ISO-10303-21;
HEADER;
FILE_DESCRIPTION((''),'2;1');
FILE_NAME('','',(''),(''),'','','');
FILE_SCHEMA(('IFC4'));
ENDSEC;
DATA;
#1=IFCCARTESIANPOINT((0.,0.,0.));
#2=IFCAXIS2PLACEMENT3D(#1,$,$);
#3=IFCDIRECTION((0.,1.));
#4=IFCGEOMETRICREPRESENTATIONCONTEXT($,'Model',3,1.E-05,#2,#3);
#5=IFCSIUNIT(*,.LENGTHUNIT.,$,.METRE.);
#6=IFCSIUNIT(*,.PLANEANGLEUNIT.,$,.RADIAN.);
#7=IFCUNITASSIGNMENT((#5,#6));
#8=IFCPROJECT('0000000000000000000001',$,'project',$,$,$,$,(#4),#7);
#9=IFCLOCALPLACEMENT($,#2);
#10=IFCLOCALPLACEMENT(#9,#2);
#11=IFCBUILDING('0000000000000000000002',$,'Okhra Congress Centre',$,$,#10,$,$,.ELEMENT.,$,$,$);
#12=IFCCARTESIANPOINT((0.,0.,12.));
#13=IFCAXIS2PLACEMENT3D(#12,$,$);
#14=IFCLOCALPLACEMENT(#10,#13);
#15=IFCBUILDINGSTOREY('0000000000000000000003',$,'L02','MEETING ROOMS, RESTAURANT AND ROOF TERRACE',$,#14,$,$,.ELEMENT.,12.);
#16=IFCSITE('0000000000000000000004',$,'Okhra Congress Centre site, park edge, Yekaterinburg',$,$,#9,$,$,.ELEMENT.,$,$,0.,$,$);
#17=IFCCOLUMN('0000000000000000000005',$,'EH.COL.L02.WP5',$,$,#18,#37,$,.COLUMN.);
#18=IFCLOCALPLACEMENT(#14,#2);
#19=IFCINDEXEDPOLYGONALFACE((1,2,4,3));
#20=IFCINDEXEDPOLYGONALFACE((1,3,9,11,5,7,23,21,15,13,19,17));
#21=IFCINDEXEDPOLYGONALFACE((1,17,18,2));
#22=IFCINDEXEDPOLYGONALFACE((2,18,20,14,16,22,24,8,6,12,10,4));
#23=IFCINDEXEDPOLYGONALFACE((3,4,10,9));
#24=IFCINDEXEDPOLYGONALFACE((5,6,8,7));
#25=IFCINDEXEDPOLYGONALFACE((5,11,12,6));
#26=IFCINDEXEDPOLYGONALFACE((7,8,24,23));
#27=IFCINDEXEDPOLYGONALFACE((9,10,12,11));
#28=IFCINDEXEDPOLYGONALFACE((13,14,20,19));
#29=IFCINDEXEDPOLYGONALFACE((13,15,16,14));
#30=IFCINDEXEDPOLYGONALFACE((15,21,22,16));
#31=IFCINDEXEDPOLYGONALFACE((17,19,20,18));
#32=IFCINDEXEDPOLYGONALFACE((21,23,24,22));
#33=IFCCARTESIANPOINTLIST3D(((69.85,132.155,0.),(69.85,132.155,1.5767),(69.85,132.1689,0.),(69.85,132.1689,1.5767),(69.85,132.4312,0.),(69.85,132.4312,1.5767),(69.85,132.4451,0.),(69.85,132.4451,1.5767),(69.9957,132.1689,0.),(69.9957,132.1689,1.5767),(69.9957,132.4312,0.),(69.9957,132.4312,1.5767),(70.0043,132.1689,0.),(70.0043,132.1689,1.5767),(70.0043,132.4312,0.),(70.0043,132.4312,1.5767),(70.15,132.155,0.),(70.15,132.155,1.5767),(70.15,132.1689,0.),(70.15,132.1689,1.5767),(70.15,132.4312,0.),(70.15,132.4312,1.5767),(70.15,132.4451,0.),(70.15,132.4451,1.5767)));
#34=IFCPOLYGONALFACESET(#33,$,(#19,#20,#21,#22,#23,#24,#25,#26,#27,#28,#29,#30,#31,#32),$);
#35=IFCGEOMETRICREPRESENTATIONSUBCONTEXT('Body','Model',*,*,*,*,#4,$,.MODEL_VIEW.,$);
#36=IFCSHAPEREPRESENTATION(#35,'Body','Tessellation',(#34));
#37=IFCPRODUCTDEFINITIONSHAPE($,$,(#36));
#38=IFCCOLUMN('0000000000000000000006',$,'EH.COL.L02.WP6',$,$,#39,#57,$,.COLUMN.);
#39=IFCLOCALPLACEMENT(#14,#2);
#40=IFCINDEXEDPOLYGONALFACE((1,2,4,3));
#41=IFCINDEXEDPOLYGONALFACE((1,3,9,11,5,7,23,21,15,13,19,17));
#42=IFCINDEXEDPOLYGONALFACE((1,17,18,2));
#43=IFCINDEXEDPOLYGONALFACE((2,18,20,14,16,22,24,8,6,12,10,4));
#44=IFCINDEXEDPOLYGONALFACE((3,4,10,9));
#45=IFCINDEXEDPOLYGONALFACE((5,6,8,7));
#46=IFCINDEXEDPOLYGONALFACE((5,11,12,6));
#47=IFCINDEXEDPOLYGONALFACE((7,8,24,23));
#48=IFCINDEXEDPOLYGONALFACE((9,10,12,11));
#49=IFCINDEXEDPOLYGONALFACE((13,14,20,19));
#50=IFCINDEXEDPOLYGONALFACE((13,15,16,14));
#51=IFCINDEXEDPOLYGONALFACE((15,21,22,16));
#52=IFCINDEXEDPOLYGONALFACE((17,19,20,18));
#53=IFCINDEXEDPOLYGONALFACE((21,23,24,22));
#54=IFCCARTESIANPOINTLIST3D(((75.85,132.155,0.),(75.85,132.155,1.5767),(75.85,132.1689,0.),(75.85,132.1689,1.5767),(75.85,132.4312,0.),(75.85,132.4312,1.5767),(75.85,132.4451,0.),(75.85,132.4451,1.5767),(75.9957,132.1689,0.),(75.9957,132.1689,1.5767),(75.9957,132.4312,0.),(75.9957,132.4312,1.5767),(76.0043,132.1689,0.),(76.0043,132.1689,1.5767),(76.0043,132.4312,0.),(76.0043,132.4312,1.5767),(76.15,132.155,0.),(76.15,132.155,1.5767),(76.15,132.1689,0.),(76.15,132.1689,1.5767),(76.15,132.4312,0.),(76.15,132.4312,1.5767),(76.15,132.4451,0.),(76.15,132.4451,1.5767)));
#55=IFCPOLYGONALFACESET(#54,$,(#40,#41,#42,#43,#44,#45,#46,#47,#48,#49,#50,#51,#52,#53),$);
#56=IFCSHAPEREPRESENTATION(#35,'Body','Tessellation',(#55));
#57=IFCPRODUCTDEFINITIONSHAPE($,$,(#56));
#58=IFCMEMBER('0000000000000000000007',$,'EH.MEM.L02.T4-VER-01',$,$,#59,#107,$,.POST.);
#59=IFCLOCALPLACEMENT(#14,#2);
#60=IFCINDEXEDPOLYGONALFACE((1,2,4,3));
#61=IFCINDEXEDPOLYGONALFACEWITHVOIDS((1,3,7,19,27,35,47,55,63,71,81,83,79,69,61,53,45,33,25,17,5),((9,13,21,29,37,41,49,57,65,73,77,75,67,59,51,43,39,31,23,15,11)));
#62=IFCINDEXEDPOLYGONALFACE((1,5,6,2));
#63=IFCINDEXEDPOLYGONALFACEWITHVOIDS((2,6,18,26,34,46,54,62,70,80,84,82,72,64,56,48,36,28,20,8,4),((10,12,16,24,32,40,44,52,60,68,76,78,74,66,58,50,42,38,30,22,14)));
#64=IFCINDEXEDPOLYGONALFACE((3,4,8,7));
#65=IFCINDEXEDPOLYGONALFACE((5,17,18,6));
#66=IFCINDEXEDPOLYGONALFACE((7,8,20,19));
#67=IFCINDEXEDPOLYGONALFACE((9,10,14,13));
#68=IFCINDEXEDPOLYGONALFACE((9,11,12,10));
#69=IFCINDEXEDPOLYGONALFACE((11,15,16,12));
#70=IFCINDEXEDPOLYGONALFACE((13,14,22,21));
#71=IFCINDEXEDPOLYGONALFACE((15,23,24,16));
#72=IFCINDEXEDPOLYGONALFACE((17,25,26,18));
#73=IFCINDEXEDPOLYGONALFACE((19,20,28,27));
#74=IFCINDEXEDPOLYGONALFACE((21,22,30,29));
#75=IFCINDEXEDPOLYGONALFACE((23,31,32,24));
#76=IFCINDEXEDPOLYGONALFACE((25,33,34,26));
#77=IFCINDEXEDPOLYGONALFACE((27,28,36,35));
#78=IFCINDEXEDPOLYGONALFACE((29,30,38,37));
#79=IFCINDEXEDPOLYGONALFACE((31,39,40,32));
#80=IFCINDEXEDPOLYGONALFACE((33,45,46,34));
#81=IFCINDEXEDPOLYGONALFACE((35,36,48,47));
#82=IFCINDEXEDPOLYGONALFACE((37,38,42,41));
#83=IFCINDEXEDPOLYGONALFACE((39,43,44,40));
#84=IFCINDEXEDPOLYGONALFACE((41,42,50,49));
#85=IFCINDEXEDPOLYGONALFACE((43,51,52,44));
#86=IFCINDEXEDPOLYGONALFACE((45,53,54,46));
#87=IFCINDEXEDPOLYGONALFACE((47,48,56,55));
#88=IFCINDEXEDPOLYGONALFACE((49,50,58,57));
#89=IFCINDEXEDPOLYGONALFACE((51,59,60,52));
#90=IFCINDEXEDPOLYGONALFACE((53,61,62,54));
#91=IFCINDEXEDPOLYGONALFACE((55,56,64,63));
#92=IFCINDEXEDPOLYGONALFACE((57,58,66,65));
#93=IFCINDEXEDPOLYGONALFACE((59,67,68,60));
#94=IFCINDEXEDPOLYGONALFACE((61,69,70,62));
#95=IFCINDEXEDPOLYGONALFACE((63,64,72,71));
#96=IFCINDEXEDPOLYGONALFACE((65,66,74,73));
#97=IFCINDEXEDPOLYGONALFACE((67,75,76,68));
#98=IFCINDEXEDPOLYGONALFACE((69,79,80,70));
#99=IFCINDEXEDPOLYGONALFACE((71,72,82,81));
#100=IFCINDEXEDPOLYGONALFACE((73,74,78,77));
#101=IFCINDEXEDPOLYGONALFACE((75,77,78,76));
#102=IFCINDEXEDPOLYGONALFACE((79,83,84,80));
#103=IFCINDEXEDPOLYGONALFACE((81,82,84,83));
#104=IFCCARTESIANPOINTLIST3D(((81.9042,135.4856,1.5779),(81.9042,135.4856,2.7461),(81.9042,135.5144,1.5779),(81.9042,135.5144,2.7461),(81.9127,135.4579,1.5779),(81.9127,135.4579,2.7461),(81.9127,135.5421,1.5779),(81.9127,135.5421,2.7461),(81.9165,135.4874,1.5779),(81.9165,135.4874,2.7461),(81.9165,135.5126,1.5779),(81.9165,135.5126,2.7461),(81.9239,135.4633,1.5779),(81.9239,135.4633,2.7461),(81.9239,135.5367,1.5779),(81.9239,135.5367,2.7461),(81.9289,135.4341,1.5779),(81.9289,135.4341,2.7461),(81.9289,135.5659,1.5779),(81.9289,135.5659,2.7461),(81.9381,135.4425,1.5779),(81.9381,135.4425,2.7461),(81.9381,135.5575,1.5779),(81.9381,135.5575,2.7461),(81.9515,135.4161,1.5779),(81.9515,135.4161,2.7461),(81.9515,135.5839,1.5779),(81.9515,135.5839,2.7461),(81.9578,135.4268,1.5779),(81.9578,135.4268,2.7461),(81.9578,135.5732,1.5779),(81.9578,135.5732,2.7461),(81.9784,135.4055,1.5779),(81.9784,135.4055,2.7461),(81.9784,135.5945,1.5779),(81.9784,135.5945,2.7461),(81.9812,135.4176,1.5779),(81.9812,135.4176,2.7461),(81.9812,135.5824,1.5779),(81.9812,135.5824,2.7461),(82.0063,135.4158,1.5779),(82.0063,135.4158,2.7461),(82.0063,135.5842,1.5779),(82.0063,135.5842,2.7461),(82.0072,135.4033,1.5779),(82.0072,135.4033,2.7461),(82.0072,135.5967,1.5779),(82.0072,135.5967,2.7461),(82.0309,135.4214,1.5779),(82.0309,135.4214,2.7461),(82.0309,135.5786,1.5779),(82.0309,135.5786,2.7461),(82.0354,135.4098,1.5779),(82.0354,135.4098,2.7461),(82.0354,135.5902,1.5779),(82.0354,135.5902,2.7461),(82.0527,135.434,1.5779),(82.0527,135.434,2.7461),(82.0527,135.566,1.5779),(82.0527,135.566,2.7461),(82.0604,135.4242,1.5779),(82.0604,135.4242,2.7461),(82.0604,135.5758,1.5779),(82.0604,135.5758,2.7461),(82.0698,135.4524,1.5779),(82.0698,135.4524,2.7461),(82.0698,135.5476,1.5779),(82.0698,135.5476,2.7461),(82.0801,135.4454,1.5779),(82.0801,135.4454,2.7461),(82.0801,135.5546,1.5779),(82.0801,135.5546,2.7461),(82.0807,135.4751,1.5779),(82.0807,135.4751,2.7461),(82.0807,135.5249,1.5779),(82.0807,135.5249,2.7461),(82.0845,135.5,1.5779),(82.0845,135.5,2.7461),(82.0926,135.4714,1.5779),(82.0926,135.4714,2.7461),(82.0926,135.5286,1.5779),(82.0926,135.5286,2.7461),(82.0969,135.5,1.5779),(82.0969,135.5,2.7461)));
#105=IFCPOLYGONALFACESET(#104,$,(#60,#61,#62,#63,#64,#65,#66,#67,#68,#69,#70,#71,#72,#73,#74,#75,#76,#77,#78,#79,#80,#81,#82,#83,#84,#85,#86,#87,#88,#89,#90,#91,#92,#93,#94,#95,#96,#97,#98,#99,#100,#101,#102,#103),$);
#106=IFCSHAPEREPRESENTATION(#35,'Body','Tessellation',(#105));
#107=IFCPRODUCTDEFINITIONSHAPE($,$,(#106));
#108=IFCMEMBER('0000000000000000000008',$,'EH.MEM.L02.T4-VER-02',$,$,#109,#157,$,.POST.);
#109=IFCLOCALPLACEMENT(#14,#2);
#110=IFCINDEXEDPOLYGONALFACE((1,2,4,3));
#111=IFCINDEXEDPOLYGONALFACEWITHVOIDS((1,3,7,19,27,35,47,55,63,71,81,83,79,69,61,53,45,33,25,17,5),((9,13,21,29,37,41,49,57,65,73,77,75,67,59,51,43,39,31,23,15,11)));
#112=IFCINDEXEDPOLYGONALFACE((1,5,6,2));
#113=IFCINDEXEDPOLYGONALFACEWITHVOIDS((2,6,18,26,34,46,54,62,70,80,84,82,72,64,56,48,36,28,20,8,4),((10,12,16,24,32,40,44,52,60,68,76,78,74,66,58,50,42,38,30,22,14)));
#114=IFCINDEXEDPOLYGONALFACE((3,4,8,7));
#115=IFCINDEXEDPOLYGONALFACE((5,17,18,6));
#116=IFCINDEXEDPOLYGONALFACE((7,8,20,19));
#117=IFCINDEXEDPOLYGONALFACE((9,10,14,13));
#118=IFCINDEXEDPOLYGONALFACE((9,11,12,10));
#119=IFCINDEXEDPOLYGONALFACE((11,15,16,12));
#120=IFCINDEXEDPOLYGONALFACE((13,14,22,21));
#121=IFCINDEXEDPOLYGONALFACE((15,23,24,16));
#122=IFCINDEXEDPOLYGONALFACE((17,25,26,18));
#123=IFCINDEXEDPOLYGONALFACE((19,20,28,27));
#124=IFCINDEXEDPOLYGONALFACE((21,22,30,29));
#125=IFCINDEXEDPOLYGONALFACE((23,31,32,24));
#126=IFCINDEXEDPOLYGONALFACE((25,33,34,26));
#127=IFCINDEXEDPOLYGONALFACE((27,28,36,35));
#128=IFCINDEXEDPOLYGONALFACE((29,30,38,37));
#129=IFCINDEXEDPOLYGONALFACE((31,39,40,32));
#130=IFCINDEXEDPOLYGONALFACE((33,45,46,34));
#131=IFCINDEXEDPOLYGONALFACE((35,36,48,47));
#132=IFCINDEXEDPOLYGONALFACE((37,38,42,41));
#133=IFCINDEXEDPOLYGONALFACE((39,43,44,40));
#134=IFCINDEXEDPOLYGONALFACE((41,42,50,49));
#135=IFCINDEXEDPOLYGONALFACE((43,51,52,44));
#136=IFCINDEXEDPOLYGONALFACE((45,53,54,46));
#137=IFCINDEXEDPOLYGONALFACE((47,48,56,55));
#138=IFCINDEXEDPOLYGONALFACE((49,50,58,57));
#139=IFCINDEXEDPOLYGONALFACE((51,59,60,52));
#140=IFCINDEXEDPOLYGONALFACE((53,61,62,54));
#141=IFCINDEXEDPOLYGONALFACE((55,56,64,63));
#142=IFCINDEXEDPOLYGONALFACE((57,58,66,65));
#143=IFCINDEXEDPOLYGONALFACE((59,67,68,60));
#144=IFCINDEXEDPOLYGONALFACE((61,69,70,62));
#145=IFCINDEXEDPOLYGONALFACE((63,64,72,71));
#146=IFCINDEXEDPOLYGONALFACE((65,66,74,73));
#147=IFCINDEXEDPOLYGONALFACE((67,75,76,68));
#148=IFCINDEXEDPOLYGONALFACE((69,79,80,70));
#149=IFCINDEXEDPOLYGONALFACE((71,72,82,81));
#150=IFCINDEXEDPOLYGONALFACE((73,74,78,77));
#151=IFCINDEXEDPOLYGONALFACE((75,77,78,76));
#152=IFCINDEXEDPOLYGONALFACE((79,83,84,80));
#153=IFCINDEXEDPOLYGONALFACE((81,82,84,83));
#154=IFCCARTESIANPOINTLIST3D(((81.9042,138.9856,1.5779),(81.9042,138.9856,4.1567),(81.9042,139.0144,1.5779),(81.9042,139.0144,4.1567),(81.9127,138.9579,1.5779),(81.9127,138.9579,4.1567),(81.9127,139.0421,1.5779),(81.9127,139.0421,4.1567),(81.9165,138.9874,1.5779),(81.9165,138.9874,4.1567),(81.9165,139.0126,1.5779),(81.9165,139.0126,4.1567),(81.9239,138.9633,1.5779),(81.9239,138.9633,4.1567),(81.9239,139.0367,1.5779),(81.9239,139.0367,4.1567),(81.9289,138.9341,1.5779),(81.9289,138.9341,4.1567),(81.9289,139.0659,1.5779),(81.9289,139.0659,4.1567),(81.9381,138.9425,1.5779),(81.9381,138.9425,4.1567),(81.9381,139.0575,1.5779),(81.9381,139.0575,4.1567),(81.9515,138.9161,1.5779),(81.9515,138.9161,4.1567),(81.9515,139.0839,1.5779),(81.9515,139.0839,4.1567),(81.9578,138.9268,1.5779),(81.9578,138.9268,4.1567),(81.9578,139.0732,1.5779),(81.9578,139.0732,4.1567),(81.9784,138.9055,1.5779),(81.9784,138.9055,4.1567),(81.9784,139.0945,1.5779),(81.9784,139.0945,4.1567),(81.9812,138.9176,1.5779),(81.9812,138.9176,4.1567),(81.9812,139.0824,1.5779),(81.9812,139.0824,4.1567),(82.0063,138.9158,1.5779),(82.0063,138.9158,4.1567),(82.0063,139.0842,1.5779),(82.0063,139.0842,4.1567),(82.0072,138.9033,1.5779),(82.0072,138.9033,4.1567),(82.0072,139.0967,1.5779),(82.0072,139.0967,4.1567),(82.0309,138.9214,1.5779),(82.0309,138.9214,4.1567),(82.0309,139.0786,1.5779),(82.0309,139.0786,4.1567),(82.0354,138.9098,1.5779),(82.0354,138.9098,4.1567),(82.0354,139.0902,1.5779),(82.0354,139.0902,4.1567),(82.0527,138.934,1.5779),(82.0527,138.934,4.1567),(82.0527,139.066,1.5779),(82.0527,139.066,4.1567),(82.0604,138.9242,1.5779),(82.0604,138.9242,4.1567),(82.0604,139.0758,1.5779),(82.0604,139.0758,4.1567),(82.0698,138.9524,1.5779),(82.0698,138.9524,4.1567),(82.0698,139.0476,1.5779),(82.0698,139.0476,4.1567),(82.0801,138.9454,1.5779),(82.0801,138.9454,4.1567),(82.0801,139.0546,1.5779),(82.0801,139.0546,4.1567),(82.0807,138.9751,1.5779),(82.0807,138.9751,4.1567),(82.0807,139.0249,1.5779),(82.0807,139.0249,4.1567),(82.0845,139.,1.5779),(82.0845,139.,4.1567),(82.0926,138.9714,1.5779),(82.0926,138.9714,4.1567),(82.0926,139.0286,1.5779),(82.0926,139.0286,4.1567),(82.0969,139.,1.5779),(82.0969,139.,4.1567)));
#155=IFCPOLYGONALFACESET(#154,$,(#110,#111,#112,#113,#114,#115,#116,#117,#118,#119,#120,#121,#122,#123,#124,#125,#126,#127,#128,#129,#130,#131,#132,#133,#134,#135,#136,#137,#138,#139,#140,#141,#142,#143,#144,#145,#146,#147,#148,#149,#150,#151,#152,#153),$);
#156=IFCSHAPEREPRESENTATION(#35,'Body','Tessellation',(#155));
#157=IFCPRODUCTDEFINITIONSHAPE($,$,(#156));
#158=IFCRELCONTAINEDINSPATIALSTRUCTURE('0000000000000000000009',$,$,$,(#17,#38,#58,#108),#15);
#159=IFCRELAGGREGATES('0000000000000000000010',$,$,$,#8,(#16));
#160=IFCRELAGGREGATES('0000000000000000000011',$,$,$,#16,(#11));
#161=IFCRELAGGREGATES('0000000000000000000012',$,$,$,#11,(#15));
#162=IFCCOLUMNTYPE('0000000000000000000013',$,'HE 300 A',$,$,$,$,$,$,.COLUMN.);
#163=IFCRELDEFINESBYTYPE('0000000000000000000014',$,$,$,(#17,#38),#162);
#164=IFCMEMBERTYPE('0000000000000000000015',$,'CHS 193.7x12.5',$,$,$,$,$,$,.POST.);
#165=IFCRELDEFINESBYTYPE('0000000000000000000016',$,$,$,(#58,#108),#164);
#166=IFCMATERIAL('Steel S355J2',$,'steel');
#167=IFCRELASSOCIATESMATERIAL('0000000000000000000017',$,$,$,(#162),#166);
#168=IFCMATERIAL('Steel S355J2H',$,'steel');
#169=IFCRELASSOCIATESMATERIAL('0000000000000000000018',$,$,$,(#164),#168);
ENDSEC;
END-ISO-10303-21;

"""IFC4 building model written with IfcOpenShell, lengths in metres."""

from ifc_helpers import new_model, si_unit, direction, frame, origin, origin_2d, place, context, subcontext, project, spatial, hollow_circle, i_section, extrude, material, material_profile, profile_set, type_object, element, save


model = new_model("IFC4")

# Units and contexts
model_context = context("Model", 3, precision=1e-05, world=origin(), true_north=direction((0.0, 1.0)))
body_context = subcontext(model_context, "Body", "Model", "MODEL_VIEW")
ifc_project = project(units=[si_unit("LENGTHUNIT", "METRE"), si_unit("PLANEANGLEUNIT", "RADIAN")], contexts=[model_context])

# Site, building, storey
site_placement = place(None, origin())
site = spatial("IfcSite", under=ifc_project, at=site_placement, Name="Okhra Congress Centre site, park edge, Yekaterinburg", CompositionType="ELEMENT", RefElevation=0.0)
building_placement = place(site_placement, origin())
building = spatial("IfcBuilding", under=site, at=building_placement, Name="Okhra Congress Centre", CompositionType="ELEMENT")
storey_placement = place(building_placement, frame((0.0, 0.0, 12.0)))
storey = spatial("IfcBuildingStorey", under=building, at=storey_placement, Name="L02", Description="MEETING ROOMS, RESTAURANT AND ROOF TERRACE", CompositionType="ELEMENT", Elevation=12.0)

# Columns
ifc_material_1 = material(Name="Steel S355J2", Category="steel")
ifc_material_profile_1 = material_profile(ifc_material_1, i_section(OverallWidth=0.3, OverallDepth=0.29, WebThickness=0.0085, FlangeThickness=0.0139, at=origin_2d()), Name="HE 300 A")
ifc_profile_set_1 = profile_set([ifc_material_profile_1], Name="Steel S355J2")
column_type = type_object("IfcColumnType", Name="HE 300 A", PredefinedType="COLUMN", material=ifc_profile_set_1)
for number, where, z_axis, x_axis, name in (
    (1, (70.0, 132.3, 0.0), (0.0, 0.0, 1.0), (1.0, 0.0, 0.0), "EH.COL.L02.WP5"),
    (2, (76.0, 132.3, 0.0), (0.0, 0.0, 1.0), (1.0, 0.0, 0.0), "EH.COL.L02.WP6"),
):
    element("IfcColumn", number, at=place(storey_placement, frame(where, z_axis=z_axis, x_axis=x_axis)), inside=storey, type_object=column_type, Name=name, PredefinedType="COLUMN", context=body_context, shape_type="SweptSolid", body=[
        extrude(i_section(OverallWidth=0.3, OverallDepth=0.29, WebThickness=0.0085, FlangeThickness=0.0139, at=origin_2d()), origin(), (0.0, 0.0, 1.0), 1.5767),
    ])

# Members
ifc_material_2 = material(Name="Steel S355J2H", Category="steel")
ifc_material_profile_2 = material_profile(ifc_material_2, hollow_circle(Radius=0.0969, WallThickness=0.0125, at=origin_2d()), Name="CHS 193.7x12.5")
ifc_profile_set_2 = profile_set([ifc_material_profile_2], Name="Steel S355J2H")
member_type_1 = type_object("IfcMemberType", Name="CHS 193.7x12.5", PredefinedType="POST", material=ifc_profile_set_2)
member_1_placement = place(storey_placement, frame((82.0, 135.5, 1.5779), z_axis=(0.0, 0.0, 1.0), x_axis=(1.0, 0.0, 0.0)))
element("IfcMember", 3, at=member_1_placement, inside=storey, type_object=member_type_1, Name="EH.MEM.L02.T4-VER-01", PredefinedType="POST", context=body_context, shape_type="SweptSolid", body=[
    extrude(hollow_circle(Radius=0.0969, WallThickness=0.0125, at=origin_2d()), origin(), (0.0, 0.0, 1.0), 1.1682),
])
member_2_placement = place(storey_placement, frame((82.0, 139.0, 1.5779), z_axis=(0.0, 0.0, 1.0), x_axis=(1.0, 0.0, 0.0)))
element("IfcMember", 4, at=member_2_placement, inside=storey, type_object=member_type_1, Name="EH.MEM.L02.T4-VER-02", PredefinedType="POST", context=body_context, shape_type="SweptSolid", body=[
    extrude(hollow_circle(Radius=0.0969, WallThickness=0.0125, at=origin_2d()), origin(), (0.0, 0.0, 1.0), 2.5789),
])

save(model, "model.ifc")
